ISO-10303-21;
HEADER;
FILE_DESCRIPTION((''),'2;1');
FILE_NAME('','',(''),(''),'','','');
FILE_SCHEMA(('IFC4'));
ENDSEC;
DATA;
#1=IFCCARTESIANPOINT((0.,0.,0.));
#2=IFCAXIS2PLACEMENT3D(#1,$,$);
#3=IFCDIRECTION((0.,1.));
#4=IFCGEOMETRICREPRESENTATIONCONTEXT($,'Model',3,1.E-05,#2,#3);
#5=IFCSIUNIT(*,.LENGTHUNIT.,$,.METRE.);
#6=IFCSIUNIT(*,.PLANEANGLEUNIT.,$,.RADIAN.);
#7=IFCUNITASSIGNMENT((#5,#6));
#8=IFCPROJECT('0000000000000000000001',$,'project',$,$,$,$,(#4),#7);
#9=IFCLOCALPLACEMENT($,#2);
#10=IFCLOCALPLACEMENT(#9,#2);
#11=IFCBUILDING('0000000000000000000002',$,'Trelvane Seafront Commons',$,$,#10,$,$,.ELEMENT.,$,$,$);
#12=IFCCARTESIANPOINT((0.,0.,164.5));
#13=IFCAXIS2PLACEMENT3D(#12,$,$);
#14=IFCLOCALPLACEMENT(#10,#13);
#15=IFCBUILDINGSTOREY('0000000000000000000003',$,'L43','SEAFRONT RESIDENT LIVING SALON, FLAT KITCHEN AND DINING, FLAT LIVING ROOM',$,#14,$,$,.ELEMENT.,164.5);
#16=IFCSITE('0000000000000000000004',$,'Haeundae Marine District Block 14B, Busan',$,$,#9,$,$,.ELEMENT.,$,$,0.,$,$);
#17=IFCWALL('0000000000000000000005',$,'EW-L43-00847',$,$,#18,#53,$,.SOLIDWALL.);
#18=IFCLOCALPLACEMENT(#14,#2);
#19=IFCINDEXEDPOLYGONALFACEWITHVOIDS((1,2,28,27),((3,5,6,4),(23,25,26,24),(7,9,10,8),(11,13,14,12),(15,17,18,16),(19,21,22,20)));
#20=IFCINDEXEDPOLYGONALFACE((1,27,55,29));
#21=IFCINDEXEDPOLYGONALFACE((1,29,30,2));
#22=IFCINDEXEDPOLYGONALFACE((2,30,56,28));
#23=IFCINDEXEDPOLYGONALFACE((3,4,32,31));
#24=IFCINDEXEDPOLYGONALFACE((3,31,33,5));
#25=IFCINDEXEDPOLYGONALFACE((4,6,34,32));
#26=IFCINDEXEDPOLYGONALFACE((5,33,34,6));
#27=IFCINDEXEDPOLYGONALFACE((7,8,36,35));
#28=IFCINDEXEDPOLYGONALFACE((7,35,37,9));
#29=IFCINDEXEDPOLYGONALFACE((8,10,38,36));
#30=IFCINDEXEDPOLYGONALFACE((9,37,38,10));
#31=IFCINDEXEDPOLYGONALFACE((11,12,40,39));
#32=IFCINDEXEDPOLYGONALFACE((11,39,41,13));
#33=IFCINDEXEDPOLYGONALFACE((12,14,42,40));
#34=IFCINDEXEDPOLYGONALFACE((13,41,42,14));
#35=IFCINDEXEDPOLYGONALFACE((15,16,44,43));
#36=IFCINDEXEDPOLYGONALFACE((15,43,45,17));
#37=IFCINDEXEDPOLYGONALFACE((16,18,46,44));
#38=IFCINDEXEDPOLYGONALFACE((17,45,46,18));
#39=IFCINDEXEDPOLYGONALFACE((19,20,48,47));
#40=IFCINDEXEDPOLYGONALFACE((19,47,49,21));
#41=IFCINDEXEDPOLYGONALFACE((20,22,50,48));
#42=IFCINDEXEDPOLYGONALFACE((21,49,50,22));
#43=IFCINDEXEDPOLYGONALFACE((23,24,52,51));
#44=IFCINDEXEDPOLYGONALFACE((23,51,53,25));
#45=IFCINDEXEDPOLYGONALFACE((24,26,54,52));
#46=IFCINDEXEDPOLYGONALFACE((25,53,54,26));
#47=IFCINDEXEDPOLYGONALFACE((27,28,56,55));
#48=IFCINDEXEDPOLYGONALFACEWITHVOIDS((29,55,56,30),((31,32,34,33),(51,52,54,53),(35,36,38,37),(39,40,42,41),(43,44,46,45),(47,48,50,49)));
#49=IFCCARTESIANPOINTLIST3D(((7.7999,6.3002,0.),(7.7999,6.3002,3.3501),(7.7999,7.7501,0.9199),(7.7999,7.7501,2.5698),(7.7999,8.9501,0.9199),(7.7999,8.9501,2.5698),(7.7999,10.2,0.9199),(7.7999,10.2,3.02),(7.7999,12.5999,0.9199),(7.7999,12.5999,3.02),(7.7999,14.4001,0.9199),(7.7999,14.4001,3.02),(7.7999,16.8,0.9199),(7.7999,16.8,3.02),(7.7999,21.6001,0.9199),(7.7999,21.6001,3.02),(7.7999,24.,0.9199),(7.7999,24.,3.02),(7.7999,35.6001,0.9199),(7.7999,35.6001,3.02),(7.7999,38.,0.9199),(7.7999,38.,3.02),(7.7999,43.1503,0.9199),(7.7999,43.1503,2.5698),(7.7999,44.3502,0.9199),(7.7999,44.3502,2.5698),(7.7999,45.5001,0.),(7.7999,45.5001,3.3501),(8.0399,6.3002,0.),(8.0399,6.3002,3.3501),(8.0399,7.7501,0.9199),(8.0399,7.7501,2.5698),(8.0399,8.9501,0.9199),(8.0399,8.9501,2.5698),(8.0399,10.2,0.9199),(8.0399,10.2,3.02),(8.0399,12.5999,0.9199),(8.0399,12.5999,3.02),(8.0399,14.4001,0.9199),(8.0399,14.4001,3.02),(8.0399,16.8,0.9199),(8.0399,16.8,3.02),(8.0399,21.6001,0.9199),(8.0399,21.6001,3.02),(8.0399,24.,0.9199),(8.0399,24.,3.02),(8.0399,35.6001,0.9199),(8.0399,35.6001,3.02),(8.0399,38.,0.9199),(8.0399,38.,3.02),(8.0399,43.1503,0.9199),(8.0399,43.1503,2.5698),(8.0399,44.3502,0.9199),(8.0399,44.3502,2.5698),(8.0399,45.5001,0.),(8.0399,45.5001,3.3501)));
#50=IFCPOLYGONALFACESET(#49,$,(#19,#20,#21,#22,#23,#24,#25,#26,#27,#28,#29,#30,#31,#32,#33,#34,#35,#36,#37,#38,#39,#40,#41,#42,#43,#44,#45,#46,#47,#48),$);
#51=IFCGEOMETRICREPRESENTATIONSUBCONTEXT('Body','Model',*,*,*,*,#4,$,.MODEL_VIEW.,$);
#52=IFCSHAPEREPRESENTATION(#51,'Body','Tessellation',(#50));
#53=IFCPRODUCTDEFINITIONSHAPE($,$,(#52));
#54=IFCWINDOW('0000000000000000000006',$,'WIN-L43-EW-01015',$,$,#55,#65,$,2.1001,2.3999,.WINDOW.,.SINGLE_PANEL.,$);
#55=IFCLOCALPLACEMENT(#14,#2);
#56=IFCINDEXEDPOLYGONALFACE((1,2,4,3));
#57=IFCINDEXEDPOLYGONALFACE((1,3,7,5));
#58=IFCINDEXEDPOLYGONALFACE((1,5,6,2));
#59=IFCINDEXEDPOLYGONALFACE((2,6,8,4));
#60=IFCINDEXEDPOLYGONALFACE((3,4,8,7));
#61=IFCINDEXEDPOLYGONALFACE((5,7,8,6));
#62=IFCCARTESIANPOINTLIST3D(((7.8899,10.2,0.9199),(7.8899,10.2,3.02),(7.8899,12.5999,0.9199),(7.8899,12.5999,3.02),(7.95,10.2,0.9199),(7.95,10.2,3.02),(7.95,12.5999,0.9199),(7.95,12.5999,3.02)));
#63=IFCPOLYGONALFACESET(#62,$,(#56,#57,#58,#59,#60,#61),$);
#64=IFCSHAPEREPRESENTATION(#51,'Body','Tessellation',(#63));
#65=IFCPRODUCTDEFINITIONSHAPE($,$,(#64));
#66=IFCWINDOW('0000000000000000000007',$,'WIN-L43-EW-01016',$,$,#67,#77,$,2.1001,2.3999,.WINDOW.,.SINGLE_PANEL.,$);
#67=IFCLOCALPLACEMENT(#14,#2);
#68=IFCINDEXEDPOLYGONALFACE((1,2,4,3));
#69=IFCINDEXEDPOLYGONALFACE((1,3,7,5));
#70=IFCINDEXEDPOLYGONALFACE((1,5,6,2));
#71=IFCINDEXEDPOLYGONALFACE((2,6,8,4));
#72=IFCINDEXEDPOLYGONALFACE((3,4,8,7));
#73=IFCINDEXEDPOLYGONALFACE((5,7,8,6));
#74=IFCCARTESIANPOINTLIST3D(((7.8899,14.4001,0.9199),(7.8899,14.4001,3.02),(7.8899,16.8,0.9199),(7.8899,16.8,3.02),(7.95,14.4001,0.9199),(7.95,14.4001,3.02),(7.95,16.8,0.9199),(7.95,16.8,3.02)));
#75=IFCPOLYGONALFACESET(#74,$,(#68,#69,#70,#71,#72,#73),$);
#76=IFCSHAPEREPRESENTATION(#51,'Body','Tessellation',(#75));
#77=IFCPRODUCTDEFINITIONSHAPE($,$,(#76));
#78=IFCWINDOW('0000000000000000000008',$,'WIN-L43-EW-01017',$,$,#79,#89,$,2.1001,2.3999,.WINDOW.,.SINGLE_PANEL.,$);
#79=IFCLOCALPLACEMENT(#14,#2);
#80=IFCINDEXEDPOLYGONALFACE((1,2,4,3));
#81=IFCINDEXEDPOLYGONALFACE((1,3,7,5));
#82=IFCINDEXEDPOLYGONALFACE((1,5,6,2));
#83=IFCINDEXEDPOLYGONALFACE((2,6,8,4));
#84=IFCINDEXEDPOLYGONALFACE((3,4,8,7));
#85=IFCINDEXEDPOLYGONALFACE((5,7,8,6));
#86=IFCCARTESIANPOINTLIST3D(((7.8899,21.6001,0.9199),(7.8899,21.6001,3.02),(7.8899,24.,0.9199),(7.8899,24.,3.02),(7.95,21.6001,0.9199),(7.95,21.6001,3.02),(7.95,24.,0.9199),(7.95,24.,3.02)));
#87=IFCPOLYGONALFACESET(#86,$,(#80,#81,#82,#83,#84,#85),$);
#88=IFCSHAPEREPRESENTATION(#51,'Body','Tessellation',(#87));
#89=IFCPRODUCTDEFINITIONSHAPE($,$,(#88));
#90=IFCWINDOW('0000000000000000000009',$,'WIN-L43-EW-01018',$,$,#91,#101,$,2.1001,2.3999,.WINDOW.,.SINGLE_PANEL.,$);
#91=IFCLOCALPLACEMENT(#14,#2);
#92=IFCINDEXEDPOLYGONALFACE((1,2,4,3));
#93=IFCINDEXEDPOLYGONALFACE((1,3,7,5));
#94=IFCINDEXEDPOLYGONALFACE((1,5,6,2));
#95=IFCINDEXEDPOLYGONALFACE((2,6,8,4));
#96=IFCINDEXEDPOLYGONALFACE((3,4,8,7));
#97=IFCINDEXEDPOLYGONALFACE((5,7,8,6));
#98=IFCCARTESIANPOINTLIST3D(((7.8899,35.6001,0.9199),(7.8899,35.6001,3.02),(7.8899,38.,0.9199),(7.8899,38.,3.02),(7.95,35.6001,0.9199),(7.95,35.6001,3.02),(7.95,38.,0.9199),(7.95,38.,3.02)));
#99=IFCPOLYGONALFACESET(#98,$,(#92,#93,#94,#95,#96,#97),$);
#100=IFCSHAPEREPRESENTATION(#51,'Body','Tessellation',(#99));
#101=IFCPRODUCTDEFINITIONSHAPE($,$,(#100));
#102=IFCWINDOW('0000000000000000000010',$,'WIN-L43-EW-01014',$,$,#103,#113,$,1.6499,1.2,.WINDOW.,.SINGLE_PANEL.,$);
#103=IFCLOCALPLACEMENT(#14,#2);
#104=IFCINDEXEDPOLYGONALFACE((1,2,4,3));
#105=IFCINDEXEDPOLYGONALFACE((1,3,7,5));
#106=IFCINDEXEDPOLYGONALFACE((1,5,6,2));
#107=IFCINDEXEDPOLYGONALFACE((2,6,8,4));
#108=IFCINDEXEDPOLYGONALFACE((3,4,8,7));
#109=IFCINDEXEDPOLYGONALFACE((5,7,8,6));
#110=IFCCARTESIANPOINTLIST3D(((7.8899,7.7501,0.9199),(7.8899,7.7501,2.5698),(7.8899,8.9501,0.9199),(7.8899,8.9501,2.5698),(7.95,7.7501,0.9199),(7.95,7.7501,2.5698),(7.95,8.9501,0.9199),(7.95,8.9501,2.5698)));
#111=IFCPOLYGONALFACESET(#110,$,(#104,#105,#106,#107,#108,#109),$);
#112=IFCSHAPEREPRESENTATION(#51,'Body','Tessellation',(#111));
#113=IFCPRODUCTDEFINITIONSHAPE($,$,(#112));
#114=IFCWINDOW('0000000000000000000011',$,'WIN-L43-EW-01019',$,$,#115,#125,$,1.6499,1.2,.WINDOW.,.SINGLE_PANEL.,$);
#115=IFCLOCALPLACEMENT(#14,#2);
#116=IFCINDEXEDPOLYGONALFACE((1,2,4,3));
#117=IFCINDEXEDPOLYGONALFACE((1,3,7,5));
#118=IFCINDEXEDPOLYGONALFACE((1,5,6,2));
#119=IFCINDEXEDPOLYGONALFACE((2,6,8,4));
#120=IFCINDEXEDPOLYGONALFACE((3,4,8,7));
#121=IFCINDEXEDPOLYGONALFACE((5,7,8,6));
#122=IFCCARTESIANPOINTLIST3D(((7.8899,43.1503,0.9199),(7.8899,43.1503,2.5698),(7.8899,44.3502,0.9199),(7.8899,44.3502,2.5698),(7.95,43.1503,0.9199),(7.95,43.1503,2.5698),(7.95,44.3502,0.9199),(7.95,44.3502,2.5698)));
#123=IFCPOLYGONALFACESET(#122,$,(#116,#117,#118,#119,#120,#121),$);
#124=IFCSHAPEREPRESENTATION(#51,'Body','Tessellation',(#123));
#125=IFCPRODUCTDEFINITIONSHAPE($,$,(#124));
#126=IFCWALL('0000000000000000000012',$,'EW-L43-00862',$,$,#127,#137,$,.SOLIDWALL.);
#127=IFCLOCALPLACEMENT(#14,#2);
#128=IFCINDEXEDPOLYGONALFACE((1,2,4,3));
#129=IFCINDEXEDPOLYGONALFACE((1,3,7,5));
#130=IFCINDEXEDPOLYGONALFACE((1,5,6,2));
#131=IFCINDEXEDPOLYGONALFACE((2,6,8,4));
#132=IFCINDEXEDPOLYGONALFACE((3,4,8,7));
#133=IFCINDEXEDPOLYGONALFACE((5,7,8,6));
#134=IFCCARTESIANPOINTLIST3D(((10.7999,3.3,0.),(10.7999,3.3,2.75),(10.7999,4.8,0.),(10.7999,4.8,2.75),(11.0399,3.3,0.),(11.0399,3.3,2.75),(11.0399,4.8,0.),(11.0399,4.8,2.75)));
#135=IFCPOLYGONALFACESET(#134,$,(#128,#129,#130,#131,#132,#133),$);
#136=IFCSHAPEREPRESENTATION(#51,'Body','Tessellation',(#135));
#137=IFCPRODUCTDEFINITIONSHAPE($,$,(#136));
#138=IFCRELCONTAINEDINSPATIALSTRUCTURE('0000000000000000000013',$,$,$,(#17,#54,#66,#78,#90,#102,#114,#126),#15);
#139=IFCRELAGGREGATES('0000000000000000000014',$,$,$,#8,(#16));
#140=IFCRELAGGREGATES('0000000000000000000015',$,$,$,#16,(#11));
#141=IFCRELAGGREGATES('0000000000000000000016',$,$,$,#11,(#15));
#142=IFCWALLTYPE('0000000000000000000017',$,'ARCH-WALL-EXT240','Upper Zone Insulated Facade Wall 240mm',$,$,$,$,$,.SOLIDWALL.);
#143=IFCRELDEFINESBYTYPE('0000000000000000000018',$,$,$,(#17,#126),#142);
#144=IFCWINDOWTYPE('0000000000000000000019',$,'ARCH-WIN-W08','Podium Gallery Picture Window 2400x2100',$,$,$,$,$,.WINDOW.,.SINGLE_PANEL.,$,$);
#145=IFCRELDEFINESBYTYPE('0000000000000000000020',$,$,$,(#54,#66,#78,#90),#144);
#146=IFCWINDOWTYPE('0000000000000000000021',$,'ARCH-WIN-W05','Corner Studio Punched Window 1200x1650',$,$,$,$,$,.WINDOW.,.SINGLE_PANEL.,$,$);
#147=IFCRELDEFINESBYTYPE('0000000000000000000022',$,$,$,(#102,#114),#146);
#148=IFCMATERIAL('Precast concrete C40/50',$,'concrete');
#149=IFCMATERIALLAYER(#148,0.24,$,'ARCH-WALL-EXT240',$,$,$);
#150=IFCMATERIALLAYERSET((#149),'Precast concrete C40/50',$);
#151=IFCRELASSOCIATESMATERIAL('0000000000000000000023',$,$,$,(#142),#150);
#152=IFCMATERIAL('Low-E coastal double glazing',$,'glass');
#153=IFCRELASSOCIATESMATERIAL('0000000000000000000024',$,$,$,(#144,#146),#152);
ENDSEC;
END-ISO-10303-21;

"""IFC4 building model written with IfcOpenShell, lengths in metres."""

from ifc_helpers import new_model, si_unit, direction, frame, frame_2d, origin, place, context, subcontext, project, spatial, rectangle, extrude, source, transform, mapped, material, layer, layer_set, type_object, element, fill, save


model = new_model("IFC4")

# Units and contexts
model_context = context("Model", 3, precision=1e-05, world=origin(), true_north=direction((0.0, 1.0)))
body_context = subcontext(model_context, "Body", "Model", "MODEL_VIEW")
ifc_project = project(units=[si_unit("LENGTHUNIT", "METRE"), si_unit("PLANEANGLEUNIT", "RADIAN")], contexts=[model_context])

# Site, building, storey
site_placement = place(None, origin())
site = spatial("IfcSite", under=ifc_project, at=site_placement, Name="Haeundae Marine District Block 14B, Busan", CompositionType="ELEMENT", RefElevation=0.0)
building_placement = place(site_placement, origin())
building = spatial("IfcBuilding", under=site, at=building_placement, Name="Trelvane Seafront Commons", CompositionType="ELEMENT")
storey_placement = place(building_placement, frame((0.0, 0.0, 164.5)))
storey = spatial("IfcBuildingStorey", under=building, at=storey_placement, Name="L43", Description="SEAFRONT RESIDENT LIVING SALON, FLAT KITCHEN AND DINING, FLAT LIVING ROOM", CompositionType="ELEMENT", Elevation=164.5)

# Shared definitions
ifc_material_1 = material(Name="Precast concrete C40/50", Category="concrete")
ifc_layer_1 = layer(ifc_material_1, 0.24, Name="ARCH-WALL-EXT240")
ifc_layer_set_1 = layer_set([ifc_layer_1], Name="Precast concrete C40/50")
wall_type_1 = type_object("IfcWallType", Name="ARCH-WALL-EXT240", Description="Upper Zone Insulated Facade Wall 240mm", PredefinedType="SOLIDWALL", material=ifc_layer_set_1)

# Wall, openings, windows
wall_1_placement = place(storey_placement, frame((7.9199, 6.3, 0.0), z_axis=(0.0, 0.0, 1.0), x_axis=(0.0, 1.0, 0.0)))
wall_1 = element("IfcWall", 1, at=wall_1_placement, inside=storey, type_object=wall_type_1, Name="EW-L43-00847", PredefinedType="SOLIDWALL", context=body_context, shape_type="SweptSolid", body=[
    extrude(rectangle(XDim=39.2, YDim=0.24, at=frame_2d((19.6001, 0.0))), origin(), (0.0, 0.0, 1.0), 3.3501),
])
opening_1_placement = place(wall_1_placement, frame((1.45, 0.0, 0.9199)))
opening_1 = element("IfcOpeningElement", 2, at=opening_1_placement, cuts=wall_1, PredefinedType="OPENING", context=body_context, shape_type="SweptSolid", body=[
    extrude(rectangle(XDim=1.2, YDim=1.6499, at=frame_2d((0.6001, 0.825))), frame((0.0, 0.1299, 0.0), z_axis=(0.0, -1.0, 0.0), x_axis=(1.0, 0.0, 0.0)), (0.0, 0.0, 1.0), 0.26),
])
opening_2_placement = place(wall_1_placement, frame((3.8999, 0.0, 0.9199)))
opening_2 = element("IfcOpeningElement", 3, at=opening_2_placement, cuts=wall_1, PredefinedType="OPENING", context=body_context, shape_type="SweptSolid", body=[
    extrude(rectangle(XDim=2.3999, YDim=2.1001, at=frame_2d((1.2, 1.05))), frame((0.0, 0.1299, 0.0), z_axis=(0.0, -1.0, 0.0), x_axis=(1.0, 0.0, 0.0)), (0.0, 0.0, 1.0), 0.26),
])
opening_3_placement = place(wall_1_placement, frame((8.1001, 0.0, 0.9199)))
opening_3 = element("IfcOpeningElement", 4, at=opening_3_placement, cuts=wall_1, PredefinedType="OPENING", context=body_context, shape_type="SweptSolid", body=[
    extrude(rectangle(XDim=2.3999, YDim=2.1001, at=frame_2d((1.2, 1.05))), frame((0.0, 0.1299, 0.0), z_axis=(0.0, -1.0, 0.0), x_axis=(1.0, 0.0, 0.0)), (0.0, 0.0, 1.0), 0.26),
])
opening_4_placement = place(wall_1_placement, frame((15.3, 0.0, 0.9199)))
opening_4 = element("IfcOpeningElement", 5, at=opening_4_placement, cuts=wall_1, PredefinedType="OPENING", context=body_context, shape_type="SweptSolid", body=[
    extrude(rectangle(XDim=2.3999, YDim=2.1001, at=frame_2d((1.2, 1.05))), frame((0.0, 0.1299, 0.0), z_axis=(0.0, -1.0, 0.0), x_axis=(1.0, 0.0, 0.0)), (0.0, 0.0, 1.0), 0.26),
])
opening_5_placement = place(wall_1_placement, frame((29.3, 0.0, 0.9199)))
opening_5 = element("IfcOpeningElement", 6, at=opening_5_placement, cuts=wall_1, PredefinedType="OPENING", context=body_context, shape_type="SweptSolid", body=[
    extrude(rectangle(XDim=2.3999, YDim=2.1001, at=frame_2d((1.2, 1.05))), frame((0.0, 0.1299, 0.0), z_axis=(0.0, -1.0, 0.0), x_axis=(1.0, 0.0, 0.0)), (0.0, 0.0, 1.0), 0.26),
])
opening_6_placement = place(wall_1_placement, frame((36.8501, 0.0, 0.9199)))
opening_6 = element("IfcOpeningElement", 7, at=opening_6_placement, cuts=wall_1, PredefinedType="OPENING", context=body_context, shape_type="SweptSolid", body=[
    extrude(rectangle(XDim=1.2, YDim=1.6499, at=frame_2d((0.6001, 0.825))), frame((0.0, 0.1299, 0.0), z_axis=(0.0, -1.0, 0.0), x_axis=(1.0, 0.0, 0.0)), (0.0, 0.0, 1.0), 0.26),
])
ifc_material_2 = material(Name="Low-E coastal double glazing", Category="glass")
window_type_1 = type_object("IfcWindowType", Name="ARCH-WIN-W08", Description="Podium Gallery Picture Window 2400x2100", PartitioningType="SINGLE_PANEL", PredefinedType="WINDOW", material=ifc_material_2)
shared_shape_1 = source(origin(), body_context, "Body", "SweptSolid", [
    extrude(rectangle(XDim=2.3999, YDim=2.1001, at=frame_2d((1.2, 1.05))), frame((0.0, 0.03, 0.0), z_axis=(0.0, -1.0, 0.0), x_axis=(1.0, 0.0, 0.0)), (0.0, 0.0, 1.0), 0.0601),
])
window_1_placement = place(opening_2_placement, origin())
window_1 = element("IfcWindow", 8, at=window_1_placement, inside=storey, type_object=window_type_1, Name="WIN-L43-EW-01015", OverallHeight=2.1001, OverallWidth=2.3999, PartitioningType="SINGLE_PANEL", PredefinedType="WINDOW", context=body_context, shape_type="MappedRepresentation", body=[
    mapped(shared_shape_1, transform((0.0, 0.0, 0.0), x_axis=(1.0, 0.0, 0.0), y_axis=(0.0, 1.0, 0.0), z_axis=(0.0, 0.0, 1.0), scale=1.0)),
])
fill(opening_2, window_1)
window_2_placement = place(opening_3_placement, origin())
window_2 = element("IfcWindow", 9, at=window_2_placement, inside=storey, type_object=window_type_1, Name="WIN-L43-EW-01016", OverallHeight=2.1001, OverallWidth=2.3999, PartitioningType="SINGLE_PANEL", PredefinedType="WINDOW", context=body_context, shape_type="MappedRepresentation", body=[
    mapped(shared_shape_1, transform((0.0, 0.0, 0.0), x_axis=(1.0, 0.0, 0.0), y_axis=(0.0, 1.0, 0.0), z_axis=(0.0, 0.0, 1.0), scale=1.0)),
])
fill(opening_3, window_2)
window_3_placement = place(opening_4_placement, origin())
window_3 = element("IfcWindow", 10, at=window_3_placement, inside=storey, type_object=window_type_1, Name="WIN-L43-EW-01017", OverallHeight=2.1001, OverallWidth=2.3999, PartitioningType="SINGLE_PANEL", PredefinedType="WINDOW", context=body_context, shape_type="MappedRepresentation", body=[
    mapped(shared_shape_1, transform((0.0, 0.0, 0.0), x_axis=(1.0, 0.0, 0.0), y_axis=(0.0, 1.0, 0.0), z_axis=(0.0, 0.0, 1.0), scale=1.0)),
])
fill(opening_4, window_3)
window_4_placement = place(opening_5_placement, origin())
window_4 = element("IfcWindow", 11, at=window_4_placement, inside=storey, type_object=window_type_1, Name="WIN-L43-EW-01018", OverallHeight=2.1001, OverallWidth=2.3999, PartitioningType="SINGLE_PANEL", PredefinedType="WINDOW", context=body_context, shape_type="MappedRepresentation", body=[
    mapped(shared_shape_1, transform((0.0, 0.0, 0.0), x_axis=(1.0, 0.0, 0.0), y_axis=(0.0, 1.0, 0.0), z_axis=(0.0, 0.0, 1.0), scale=1.0)),
])
fill(opening_5, window_4)
window_type_2 = type_object("IfcWindowType", Name="ARCH-WIN-W05", Description="Corner Studio Punched Window 1200x1650", PartitioningType="SINGLE_PANEL", PredefinedType="WINDOW", material=ifc_material_2)
shared_shape_2 = source(origin(), body_context, "Body", "SweptSolid", [
    extrude(rectangle(XDim=1.2, YDim=1.6499, at=frame_2d((0.6001, 0.825))), frame((0.0, 0.03, 0.0), z_axis=(0.0, -1.0, 0.0), x_axis=(1.0, 0.0, 0.0)), (0.0, 0.0, 1.0), 0.0601),
])
window_5_placement = place(opening_1_placement, origin())
window_5 = element("IfcWindow", 12, at=window_5_placement, inside=storey, type_object=window_type_2, Name="WIN-L43-EW-01014", OverallHeight=1.6499, OverallWidth=1.2, PartitioningType="SINGLE_PANEL", PredefinedType="WINDOW", context=body_context, shape_type="MappedRepresentation", body=[
    mapped(shared_shape_2, transform((0.0, 0.0, 0.0), x_axis=(1.0, 0.0, 0.0), y_axis=(0.0, 1.0, 0.0), z_axis=(0.0, 0.0, 1.0), scale=1.0)),
])
fill(opening_1, window_5)
window_6_placement = place(opening_6_placement, origin())
window_6 = element("IfcWindow", 13, at=window_6_placement, inside=storey, type_object=window_type_2, Name="WIN-L43-EW-01019", OverallHeight=1.6499, OverallWidth=1.2, PartitioningType="SINGLE_PANEL", PredefinedType="WINDOW", context=body_context, shape_type="MappedRepresentation", body=[
    mapped(shared_shape_2, transform((0.0, 0.0, 0.0), x_axis=(1.0, 0.0, 0.0), y_axis=(0.0, 1.0, 0.0), z_axis=(0.0, 0.0, 1.0), scale=1.0)),
])
fill(opening_6, window_6)

# Wall
wall_2_placement = place(storey_placement, frame((10.9199, 3.3, 0.0), z_axis=(0.0, 0.0, 1.0), x_axis=(0.0, 1.0, 0.0)))
element("IfcWall", 14, at=wall_2_placement, inside=storey, type_object=wall_type_1, Name="EW-L43-00862", PredefinedType="SOLIDWALL", context=body_context, shape_type="SweptSolid", body=[
    extrude(rectangle(XDim=1.5, YDim=0.24, at=frame_2d((0.75, 0.0))), origin(), (0.0, 0.0, 1.0), 2.75),
])

save(model, "model.ifc")
